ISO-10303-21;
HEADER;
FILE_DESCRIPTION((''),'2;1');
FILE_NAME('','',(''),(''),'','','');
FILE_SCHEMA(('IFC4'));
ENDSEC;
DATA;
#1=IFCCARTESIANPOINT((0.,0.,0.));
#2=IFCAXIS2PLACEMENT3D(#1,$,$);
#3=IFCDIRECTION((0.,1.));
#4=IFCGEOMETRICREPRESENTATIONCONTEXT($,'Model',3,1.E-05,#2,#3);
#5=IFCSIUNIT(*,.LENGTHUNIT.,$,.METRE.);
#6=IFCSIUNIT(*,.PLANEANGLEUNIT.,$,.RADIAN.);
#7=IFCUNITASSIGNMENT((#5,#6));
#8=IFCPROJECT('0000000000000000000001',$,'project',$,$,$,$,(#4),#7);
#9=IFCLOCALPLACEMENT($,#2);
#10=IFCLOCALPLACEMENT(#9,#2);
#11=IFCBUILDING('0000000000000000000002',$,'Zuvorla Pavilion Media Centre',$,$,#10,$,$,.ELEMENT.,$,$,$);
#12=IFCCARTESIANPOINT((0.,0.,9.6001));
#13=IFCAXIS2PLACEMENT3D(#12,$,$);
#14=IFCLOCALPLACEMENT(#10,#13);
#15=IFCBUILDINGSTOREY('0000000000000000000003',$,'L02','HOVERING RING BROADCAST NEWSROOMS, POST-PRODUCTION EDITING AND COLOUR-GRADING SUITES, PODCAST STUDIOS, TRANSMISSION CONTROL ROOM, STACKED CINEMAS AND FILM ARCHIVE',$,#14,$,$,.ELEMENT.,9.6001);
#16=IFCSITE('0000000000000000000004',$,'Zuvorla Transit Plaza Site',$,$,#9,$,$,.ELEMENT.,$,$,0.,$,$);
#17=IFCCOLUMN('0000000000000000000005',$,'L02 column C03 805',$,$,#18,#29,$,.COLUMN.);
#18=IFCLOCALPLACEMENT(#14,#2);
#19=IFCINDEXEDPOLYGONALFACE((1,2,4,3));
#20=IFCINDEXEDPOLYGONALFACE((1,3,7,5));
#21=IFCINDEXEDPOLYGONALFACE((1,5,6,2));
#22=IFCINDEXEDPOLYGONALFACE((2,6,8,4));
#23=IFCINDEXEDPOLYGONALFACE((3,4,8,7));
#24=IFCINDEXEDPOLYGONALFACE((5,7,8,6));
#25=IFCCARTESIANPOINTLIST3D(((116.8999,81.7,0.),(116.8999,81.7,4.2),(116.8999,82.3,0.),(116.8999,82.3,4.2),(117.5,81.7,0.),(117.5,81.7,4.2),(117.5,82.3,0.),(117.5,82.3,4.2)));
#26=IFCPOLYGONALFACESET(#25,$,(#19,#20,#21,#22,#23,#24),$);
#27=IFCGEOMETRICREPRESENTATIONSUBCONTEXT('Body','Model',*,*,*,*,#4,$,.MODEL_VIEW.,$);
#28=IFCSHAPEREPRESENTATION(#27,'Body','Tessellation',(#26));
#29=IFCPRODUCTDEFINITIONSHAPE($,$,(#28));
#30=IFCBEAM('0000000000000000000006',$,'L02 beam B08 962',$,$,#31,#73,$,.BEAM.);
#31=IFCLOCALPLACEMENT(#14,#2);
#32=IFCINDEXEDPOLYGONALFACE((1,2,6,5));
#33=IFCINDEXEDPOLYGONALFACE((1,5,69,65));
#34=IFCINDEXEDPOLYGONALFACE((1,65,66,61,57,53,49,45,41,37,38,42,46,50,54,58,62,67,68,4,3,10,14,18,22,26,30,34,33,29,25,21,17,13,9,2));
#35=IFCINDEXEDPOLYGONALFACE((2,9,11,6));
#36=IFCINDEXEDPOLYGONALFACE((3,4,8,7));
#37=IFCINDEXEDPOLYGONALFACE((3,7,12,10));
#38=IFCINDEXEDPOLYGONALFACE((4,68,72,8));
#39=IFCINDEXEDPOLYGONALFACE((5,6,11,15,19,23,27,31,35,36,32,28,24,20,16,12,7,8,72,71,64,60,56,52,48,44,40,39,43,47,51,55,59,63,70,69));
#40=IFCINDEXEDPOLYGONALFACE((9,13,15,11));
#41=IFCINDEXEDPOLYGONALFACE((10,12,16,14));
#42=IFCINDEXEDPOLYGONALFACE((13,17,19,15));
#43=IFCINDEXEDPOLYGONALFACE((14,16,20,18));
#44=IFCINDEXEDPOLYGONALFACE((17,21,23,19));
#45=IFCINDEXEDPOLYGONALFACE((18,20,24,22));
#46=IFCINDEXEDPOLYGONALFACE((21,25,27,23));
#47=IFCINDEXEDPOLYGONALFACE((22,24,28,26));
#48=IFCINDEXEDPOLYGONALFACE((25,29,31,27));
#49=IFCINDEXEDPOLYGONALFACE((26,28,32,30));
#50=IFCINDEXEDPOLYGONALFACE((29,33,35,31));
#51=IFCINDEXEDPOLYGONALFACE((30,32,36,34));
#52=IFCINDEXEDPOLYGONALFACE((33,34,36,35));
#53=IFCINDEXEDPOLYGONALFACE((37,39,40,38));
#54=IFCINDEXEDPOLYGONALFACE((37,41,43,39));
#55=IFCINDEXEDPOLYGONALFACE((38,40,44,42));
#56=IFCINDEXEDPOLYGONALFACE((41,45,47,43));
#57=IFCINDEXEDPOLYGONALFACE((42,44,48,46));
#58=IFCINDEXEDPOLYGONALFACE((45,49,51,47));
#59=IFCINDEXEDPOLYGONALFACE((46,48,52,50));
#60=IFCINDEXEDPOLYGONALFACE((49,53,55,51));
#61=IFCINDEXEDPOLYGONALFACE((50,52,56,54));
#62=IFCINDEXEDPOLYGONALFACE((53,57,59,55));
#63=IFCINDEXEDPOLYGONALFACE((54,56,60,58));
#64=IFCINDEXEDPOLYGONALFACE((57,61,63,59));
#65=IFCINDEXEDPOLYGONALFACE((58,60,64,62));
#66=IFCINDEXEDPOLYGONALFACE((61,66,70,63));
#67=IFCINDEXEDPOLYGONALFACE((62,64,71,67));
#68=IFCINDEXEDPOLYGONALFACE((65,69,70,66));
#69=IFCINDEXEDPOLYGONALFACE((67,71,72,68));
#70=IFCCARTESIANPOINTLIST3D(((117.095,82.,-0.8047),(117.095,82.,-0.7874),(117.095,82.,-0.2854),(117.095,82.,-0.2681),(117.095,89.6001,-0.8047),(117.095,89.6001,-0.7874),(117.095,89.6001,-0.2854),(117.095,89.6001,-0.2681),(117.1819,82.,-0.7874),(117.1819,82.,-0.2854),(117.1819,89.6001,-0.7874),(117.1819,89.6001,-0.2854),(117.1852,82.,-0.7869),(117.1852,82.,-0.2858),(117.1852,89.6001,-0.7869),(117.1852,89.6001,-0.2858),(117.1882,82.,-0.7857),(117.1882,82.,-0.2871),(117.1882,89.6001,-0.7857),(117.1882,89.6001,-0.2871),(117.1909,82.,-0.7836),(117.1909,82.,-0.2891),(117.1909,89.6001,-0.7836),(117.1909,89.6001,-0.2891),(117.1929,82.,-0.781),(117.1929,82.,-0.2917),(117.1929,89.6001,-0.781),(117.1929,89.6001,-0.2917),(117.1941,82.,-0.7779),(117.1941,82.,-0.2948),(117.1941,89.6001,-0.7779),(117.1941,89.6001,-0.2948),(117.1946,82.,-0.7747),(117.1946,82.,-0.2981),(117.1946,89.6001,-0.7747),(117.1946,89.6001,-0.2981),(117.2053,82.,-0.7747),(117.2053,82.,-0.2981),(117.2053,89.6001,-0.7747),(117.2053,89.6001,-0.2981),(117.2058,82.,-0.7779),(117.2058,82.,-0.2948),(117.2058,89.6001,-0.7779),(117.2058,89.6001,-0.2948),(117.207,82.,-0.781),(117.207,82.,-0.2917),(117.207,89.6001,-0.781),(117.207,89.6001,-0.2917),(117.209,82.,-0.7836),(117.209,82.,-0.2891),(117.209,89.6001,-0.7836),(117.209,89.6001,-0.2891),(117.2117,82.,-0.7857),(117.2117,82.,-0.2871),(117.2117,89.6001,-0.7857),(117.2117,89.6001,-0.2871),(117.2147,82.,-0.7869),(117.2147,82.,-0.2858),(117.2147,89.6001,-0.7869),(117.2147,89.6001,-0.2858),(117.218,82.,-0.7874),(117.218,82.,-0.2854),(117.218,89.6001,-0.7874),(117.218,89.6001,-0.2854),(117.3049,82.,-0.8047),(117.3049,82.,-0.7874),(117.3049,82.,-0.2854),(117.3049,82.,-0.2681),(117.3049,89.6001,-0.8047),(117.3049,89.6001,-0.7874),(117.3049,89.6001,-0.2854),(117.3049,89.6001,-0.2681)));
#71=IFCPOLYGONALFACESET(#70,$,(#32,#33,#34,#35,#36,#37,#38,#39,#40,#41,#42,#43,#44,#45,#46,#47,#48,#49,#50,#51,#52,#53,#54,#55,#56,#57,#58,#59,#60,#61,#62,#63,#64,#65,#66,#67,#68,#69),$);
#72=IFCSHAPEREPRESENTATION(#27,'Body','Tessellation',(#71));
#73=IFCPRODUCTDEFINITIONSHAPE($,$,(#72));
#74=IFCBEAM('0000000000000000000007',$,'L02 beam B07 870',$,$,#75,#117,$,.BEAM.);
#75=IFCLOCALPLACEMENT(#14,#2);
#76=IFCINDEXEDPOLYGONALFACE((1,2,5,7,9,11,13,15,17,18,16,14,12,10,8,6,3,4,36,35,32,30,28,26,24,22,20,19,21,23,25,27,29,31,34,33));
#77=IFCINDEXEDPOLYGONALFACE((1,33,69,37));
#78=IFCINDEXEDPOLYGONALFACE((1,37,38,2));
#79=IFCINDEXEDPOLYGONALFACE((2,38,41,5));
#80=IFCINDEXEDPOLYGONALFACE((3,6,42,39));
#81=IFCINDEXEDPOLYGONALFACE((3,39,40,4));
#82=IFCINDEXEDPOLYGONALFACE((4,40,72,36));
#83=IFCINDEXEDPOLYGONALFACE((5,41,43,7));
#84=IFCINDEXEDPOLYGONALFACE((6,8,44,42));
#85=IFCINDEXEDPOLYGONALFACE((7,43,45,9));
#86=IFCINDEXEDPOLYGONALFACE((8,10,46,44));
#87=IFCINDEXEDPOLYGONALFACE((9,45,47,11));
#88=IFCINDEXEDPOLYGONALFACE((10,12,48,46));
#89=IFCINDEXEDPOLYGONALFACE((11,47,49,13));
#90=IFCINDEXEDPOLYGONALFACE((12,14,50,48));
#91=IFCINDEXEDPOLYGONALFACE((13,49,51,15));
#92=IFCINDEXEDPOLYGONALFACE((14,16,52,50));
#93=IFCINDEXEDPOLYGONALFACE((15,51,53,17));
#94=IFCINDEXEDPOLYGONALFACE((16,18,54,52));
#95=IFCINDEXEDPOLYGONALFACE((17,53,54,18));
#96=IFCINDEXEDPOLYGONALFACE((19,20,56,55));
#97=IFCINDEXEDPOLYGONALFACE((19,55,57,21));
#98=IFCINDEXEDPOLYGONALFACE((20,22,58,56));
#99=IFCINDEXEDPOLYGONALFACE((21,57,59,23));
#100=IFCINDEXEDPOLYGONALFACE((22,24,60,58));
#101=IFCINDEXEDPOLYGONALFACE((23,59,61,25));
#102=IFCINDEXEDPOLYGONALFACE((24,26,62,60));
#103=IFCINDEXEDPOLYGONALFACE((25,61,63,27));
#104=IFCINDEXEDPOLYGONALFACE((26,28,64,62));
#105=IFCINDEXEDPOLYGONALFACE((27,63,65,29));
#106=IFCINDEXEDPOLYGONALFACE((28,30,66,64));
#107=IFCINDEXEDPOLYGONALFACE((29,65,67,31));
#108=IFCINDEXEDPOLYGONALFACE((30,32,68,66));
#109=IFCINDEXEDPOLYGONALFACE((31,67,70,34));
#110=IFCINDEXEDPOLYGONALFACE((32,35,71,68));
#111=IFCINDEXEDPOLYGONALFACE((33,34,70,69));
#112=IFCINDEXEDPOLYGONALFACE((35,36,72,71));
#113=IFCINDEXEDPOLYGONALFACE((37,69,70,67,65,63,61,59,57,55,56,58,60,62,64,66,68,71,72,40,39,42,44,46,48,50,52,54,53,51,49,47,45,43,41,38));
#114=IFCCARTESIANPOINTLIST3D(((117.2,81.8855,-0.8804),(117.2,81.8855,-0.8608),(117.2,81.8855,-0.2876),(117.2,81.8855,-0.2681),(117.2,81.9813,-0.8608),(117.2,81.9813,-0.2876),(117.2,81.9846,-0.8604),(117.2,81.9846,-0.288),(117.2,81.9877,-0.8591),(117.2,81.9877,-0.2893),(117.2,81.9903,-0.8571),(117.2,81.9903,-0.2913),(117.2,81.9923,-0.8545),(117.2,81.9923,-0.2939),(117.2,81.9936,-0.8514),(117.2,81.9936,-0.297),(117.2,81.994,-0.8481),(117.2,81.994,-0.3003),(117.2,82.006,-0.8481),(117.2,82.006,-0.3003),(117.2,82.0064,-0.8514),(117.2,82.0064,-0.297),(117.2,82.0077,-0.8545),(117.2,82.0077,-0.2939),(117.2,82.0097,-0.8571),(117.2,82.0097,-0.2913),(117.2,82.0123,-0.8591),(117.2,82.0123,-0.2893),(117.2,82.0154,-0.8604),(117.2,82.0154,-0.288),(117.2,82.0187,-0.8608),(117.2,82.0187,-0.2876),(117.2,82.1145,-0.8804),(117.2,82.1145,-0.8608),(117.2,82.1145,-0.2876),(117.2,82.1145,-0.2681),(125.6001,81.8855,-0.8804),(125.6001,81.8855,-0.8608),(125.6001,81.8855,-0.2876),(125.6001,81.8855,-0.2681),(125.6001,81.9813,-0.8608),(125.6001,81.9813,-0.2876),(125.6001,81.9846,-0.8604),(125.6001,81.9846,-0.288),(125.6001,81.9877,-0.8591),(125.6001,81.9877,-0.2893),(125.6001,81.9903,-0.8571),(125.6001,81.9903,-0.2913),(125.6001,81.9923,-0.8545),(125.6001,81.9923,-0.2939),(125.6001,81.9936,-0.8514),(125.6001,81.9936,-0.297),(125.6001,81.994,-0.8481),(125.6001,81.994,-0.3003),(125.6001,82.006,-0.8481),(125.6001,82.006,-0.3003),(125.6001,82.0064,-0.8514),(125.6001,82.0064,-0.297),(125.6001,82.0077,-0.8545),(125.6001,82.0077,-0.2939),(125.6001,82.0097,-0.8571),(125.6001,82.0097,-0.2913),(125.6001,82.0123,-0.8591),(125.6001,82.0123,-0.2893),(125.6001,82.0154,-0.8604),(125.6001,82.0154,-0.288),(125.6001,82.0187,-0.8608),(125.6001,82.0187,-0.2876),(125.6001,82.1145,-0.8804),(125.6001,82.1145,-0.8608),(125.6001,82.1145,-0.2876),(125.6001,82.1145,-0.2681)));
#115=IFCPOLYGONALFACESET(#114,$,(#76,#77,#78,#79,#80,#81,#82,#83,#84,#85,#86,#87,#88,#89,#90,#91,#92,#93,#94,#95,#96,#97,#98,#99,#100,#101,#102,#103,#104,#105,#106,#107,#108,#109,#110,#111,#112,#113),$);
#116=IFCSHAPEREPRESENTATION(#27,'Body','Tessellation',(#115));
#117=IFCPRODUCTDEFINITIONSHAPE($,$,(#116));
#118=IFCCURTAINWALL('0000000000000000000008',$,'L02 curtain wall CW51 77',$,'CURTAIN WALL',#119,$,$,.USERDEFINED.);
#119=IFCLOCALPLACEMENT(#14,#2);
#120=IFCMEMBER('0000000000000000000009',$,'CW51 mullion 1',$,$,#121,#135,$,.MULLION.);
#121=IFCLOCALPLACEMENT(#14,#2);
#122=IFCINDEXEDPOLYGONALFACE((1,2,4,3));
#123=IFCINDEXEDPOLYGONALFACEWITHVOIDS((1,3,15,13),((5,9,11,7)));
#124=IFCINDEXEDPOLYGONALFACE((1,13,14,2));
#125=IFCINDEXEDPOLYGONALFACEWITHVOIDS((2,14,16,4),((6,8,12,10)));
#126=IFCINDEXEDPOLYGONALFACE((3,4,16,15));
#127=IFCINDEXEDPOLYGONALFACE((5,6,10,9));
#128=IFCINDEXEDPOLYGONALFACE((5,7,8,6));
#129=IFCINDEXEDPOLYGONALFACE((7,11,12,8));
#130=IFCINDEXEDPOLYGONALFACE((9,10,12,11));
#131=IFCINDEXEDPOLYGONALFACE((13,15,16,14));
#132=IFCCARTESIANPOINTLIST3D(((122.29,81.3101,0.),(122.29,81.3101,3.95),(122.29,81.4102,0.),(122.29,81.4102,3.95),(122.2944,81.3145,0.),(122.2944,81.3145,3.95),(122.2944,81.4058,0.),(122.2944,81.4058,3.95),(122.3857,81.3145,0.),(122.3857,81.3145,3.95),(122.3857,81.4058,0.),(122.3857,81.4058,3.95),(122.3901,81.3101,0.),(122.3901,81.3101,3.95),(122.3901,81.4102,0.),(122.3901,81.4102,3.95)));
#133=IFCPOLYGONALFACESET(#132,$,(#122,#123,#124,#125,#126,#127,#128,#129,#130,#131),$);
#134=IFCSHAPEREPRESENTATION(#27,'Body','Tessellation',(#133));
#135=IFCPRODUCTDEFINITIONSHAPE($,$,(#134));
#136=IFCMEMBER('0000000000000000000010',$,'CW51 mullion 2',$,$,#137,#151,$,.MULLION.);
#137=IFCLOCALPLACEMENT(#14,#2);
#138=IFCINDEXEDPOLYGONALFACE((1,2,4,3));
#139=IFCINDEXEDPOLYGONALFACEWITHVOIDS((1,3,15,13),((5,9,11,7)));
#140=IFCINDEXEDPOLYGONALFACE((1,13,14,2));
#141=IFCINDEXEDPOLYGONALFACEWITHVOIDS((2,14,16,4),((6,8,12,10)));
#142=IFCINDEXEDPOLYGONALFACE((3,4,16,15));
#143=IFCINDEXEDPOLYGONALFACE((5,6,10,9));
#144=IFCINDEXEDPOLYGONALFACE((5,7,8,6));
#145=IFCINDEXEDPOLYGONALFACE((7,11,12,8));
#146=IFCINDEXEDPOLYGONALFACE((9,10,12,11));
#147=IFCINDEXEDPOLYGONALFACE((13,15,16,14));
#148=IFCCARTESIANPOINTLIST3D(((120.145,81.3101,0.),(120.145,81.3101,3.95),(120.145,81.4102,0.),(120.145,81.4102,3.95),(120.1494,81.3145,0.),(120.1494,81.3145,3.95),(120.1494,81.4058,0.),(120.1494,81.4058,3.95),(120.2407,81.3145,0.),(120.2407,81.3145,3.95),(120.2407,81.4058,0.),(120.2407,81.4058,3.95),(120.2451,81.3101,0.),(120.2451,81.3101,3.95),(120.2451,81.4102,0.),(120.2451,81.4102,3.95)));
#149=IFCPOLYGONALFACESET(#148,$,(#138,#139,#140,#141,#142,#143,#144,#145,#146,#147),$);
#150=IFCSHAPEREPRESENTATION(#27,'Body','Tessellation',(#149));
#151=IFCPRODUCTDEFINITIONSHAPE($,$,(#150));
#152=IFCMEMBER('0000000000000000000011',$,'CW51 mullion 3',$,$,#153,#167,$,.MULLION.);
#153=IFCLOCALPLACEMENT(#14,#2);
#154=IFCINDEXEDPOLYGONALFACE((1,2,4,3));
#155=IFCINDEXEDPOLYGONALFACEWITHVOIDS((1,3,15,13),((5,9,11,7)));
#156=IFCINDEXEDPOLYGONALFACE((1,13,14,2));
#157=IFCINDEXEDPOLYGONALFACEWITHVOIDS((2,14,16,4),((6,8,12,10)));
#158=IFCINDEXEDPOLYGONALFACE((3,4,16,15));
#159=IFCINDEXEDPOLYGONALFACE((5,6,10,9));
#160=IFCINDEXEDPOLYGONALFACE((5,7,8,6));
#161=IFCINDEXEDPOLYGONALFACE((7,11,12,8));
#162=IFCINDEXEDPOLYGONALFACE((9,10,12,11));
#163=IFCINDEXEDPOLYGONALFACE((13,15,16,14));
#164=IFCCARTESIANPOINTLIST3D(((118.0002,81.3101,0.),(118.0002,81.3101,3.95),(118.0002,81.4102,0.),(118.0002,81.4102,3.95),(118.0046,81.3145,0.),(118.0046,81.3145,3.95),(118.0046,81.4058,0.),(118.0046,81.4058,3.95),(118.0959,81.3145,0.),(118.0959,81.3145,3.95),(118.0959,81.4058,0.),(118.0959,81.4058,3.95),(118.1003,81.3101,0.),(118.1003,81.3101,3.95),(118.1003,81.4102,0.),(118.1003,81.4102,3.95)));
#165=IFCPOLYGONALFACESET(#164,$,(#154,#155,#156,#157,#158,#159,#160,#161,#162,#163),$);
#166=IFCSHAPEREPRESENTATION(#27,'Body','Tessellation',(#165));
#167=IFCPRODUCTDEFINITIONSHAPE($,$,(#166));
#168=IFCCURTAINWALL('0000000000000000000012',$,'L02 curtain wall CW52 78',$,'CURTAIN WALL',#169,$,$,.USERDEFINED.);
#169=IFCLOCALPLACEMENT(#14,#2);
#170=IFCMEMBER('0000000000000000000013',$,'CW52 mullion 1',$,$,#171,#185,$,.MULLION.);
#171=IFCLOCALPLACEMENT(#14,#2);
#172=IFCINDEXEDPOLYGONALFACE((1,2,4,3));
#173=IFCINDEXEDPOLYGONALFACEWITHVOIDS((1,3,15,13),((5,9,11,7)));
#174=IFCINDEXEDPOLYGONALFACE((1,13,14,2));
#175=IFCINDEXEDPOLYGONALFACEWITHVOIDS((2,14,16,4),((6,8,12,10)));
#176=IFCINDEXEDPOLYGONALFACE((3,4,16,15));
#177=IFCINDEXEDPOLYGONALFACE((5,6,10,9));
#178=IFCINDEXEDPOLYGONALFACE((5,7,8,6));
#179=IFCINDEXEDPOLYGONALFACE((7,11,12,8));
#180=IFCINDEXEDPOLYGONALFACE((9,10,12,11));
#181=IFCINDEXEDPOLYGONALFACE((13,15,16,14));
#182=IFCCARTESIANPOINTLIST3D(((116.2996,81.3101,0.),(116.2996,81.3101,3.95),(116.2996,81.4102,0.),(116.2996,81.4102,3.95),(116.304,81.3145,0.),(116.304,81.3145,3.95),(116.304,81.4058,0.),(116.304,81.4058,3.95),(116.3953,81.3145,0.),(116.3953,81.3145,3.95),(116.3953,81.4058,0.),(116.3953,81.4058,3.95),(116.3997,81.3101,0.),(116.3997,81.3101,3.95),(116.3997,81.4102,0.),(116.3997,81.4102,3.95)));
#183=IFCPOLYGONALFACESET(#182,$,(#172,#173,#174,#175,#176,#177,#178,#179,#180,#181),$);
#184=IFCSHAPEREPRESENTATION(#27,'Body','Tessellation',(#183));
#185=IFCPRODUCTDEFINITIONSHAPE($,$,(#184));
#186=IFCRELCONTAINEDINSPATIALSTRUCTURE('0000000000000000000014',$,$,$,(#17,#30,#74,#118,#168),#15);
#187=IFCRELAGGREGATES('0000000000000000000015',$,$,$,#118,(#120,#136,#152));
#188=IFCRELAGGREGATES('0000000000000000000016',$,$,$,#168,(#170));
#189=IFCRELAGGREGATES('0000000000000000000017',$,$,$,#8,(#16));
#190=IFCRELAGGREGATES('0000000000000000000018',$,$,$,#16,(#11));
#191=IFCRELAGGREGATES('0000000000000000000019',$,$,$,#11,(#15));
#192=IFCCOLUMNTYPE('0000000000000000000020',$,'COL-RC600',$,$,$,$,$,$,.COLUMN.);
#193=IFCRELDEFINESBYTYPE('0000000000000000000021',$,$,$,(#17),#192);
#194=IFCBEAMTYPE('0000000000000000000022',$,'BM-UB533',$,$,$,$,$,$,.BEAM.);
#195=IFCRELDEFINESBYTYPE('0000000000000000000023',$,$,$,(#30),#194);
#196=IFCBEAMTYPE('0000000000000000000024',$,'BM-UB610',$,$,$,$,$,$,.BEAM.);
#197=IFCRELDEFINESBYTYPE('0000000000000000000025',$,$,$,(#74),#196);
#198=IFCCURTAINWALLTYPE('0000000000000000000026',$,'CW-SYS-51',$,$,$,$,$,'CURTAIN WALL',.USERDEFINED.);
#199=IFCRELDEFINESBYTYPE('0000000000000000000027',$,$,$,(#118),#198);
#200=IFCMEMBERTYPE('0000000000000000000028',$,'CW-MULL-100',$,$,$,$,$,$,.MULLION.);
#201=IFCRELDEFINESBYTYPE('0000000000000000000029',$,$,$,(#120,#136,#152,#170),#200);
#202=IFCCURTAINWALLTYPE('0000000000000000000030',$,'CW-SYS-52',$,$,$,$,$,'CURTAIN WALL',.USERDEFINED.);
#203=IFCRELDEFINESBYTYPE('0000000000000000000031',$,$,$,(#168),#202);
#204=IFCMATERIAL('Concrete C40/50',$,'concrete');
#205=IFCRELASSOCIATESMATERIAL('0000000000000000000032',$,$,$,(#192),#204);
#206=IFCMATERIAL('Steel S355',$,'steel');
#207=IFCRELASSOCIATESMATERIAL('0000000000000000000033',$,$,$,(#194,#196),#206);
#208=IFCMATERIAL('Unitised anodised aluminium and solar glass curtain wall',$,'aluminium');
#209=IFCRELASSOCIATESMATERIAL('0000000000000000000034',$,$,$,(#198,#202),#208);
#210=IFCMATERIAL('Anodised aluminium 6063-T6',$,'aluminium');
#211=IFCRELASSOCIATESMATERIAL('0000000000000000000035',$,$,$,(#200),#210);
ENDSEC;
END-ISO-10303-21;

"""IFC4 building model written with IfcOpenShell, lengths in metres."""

from ifc_helpers import new_model, si_unit, direction, frame, origin, origin_2d, place, context, subcontext, project, spatial, rectangle, hollow_rectangle, i_section, extrude, material, material_profile, profile_set, type_object, element, aggregate, save


model = new_model("IFC4")

# Units and contexts
model_context = context("Model", 3, precision=1e-05, world=origin(), true_north=direction((0.0, 1.0)))
body_context = subcontext(model_context, "Body", "Model", "MODEL_VIEW")
ifc_project = project(units=[si_unit("LENGTHUNIT", "METRE"), si_unit("PLANEANGLEUNIT", "RADIAN")], contexts=[model_context])

# Site, building, storey
site_placement = place(None, origin())
site = spatial("IfcSite", under=ifc_project, at=site_placement, Name="Zuvorla Transit Plaza Site", CompositionType="ELEMENT", RefElevation=0.0)
building_placement = place(site_placement, origin())
building = spatial("IfcBuilding", under=site, at=building_placement, Name="Zuvorla Pavilion Media Centre", CompositionType="ELEMENT")
storey_placement = place(building_placement, frame((0.0, 0.0, 9.6001)))
storey = spatial("IfcBuildingStorey", under=building, at=storey_placement, Name="L02", Description="HOVERING RING BROADCAST NEWSROOMS, POST-PRODUCTION EDITING AND COLOUR-GRADING SUITES, PODCAST STUDIOS, TRANSMISSION CONTROL ROOM, STACKED CINEMAS AND FILM ARCHIVE", CompositionType="ELEMENT", Elevation=9.6001)

# Column
ifc_material_1 = material(Name="Concrete C40/50", Category="concrete")
ifc_material_profile_1 = material_profile(ifc_material_1, rectangle(XDim=0.6001, YDim=0.6001, at=origin_2d()), Name="RC 600x600")
ifc_profile_set_1 = profile_set([ifc_material_profile_1], Name="Concrete C40/50")
column_type = type_object("IfcColumnType", Name="COL-RC600", PredefinedType="COLUMN", material=ifc_profile_set_1)
column_placement = place(storey_placement, frame((117.2, 82.0, 0.0), z_axis=(0.0, 0.0, 1.0), x_axis=(1.0, 0.0, 0.0)))
element("IfcColumn", 1, at=column_placement, inside=storey, type_object=column_type, Name="L02 column C03 805", PredefinedType="COLUMN", context=body_context, shape_type="SweptSolid", body=[
    extrude(rectangle(XDim=0.6001, YDim=0.6001, at=origin_2d()), origin(), (0.0, 0.0, 1.0), 4.2),
])

# Beams
ifc_material_2 = material(Name="Steel S355", Category="steel")
ifc_material_profile_2 = material_profile(ifc_material_2, i_section(OverallWidth=0.21, OverallDepth=0.5366, WebThickness=0.0107, FlangeThickness=0.0173, FilletRadius=0.0127, at=origin_2d()), Name="UB 533x210x101")
ifc_profile_set_2 = profile_set([ifc_material_profile_2], Name="Steel S355")
beam_type_1 = type_object("IfcBeamType", Name="BM-UB533", PredefinedType="BEAM", material=ifc_profile_set_2)
beam_1_placement = place(storey_placement, frame((117.2, 82.0, -0.5364), z_axis=(0.0, 1.0, 0.0), x_axis=(-1.0, 0.0, 0.0)))
element("IfcBeam", 2, at=beam_1_placement, inside=storey, type_object=beam_type_1, Name="L02 beam B08 962", PredefinedType="BEAM", context=body_context, shape_type="SweptSolid", body=[
    extrude(i_section(OverallWidth=0.21, OverallDepth=0.5366, WebThickness=0.0107, FlangeThickness=0.0173, FilletRadius=0.0127, at=origin_2d()), origin(), (0.0, 0.0, 1.0), 7.6001),
])
ifc_material_profile_3 = material_profile(ifc_material_2, i_section(OverallWidth=0.229, OverallDepth=0.6123, WebThickness=0.012, FlangeThickness=0.0195, FilletRadius=0.0127, at=origin_2d()), Name="UB 610x229x125")
ifc_profile_set_3 = profile_set([ifc_material_profile_3], Name="Steel S355")
beam_type_2 = type_object("IfcBeamType", Name="BM-UB610", PredefinedType="BEAM", material=ifc_profile_set_3)
beam_2_placement = place(storey_placement, frame((117.2, 82.0, -0.5742), z_axis=(1.0, 0.0, 0.0), x_axis=(0.0, 1.0, 0.0)))
element("IfcBeam", 3, at=beam_2_placement, inside=storey, type_object=beam_type_2, Name="L02 beam B07 870", PredefinedType="BEAM", context=body_context, shape_type="SweptSolid", body=[
    extrude(i_section(OverallWidth=0.229, OverallDepth=0.6123, WebThickness=0.012, FlangeThickness=0.0195, FilletRadius=0.0127, at=origin_2d()), origin(), (0.0, 0.0, 1.0), 8.4001),
])

# Curtain walls, members
ifc_material_3 = material(Name="Unitised anodised aluminium and solar glass curtain wall", Category="aluminium")
curtain_wall_type_1 = type_object("IfcCurtainWallType", Name="CW-SYS-51", ElementType="CURTAIN WALL", PredefinedType="USERDEFINED", material=ifc_material_3)
curtain_wall_1_placement = place(storey_placement, origin())
curtain_wall_1 = element("IfcCurtainWall", 4, at=curtain_wall_1_placement, inside=storey, type_object=curtain_wall_type_1, Name="L02 curtain wall CW51 77", ObjectType="CURTAIN WALL", PredefinedType="USERDEFINED")
ifc_material_4 = material(Name="Anodised aluminium 6063-T6", Category="aluminium")
ifc_material_profile_4 = material_profile(ifc_material_4, hollow_rectangle(XDim=0.1001, YDim=0.1001, WallThickness=0.0044, at=origin_2d()), Name="ALU MULL 100x100")
ifc_profile_set_4 = profile_set([ifc_material_profile_4], Name="Anodised aluminium 6063-T6")
member_type_1 = type_object("IfcMemberType", Name="CW-MULL-100", PredefinedType="MULLION", material=ifc_profile_set_4)
member_1_placement = place(storey_placement, frame((122.3401, 81.3601, 0.0), z_axis=(0.0, 0.0, 1.0), x_axis=(1.0, 0.0, 0.0)))
member_1 = element("IfcMember", 5, at=member_1_placement, type_object=member_type_1, Name="CW51 mullion 1", PredefinedType="MULLION", context=body_context, shape_type="SweptSolid", body=[
    extrude(hollow_rectangle(XDim=0.1001, YDim=0.1001, WallThickness=0.0044, at=origin_2d()), origin(), (0.0, 0.0, 1.0), 3.95),
])
member_2_placement = place(storey_placement, frame((120.1951, 81.3601, 0.0), z_axis=(0.0, 0.0, 1.0), x_axis=(1.0, 0.0, 0.0)))
member_2 = element("IfcMember", 6, at=member_2_placement, type_object=member_type_1, Name="CW51 mullion 2", PredefinedType="MULLION", context=body_context, shape_type="SweptSolid", body=[
    extrude(hollow_rectangle(XDim=0.1001, YDim=0.1001, WallThickness=0.0044, at=origin_2d()), origin(), (0.0, 0.0, 1.0), 3.95),
])
member_3_placement = place(storey_placement, frame((118.0503, 81.3601, 0.0), z_axis=(0.0, 0.0, 1.0), x_axis=(1.0, 0.0, 0.0)))
member_3 = element("IfcMember", 7, at=member_3_placement, type_object=member_type_1, Name="CW51 mullion 3", PredefinedType="MULLION", context=body_context, shape_type="SweptSolid", body=[
    extrude(hollow_rectangle(XDim=0.1001, YDim=0.1001, WallThickness=0.0044, at=origin_2d()), origin(), (0.0, 0.0, 1.0), 3.95),
])
curtain_wall_type_2 = type_object("IfcCurtainWallType", Name="CW-SYS-52", ElementType="CURTAIN WALL", PredefinedType="USERDEFINED", material=ifc_material_3)
curtain_wall_2_placement = place(storey_placement, origin())
curtain_wall_2 = element("IfcCurtainWall", 8, at=curtain_wall_2_placement, inside=storey, type_object=curtain_wall_type_2, Name="L02 curtain wall CW52 78", ObjectType="CURTAIN WALL", PredefinedType="USERDEFINED")
member_4_placement = place(storey_placement, frame((116.3496, 81.3601, 0.0), z_axis=(0.0, 0.0, 1.0), x_axis=(1.0, 0.0, 0.0)))
member_4 = element("IfcMember", 9, at=member_4_placement, type_object=member_type_1, Name="CW52 mullion 1", PredefinedType="MULLION", context=body_context, shape_type="SweptSolid", body=[
    extrude(hollow_rectangle(XDim=0.1001, YDim=0.1001, WallThickness=0.0044, at=origin_2d()), origin(), (0.0, 0.0, 1.0), 3.95),
])

aggregate(curtain_wall_1, [member_1, member_2, member_3])
aggregate(curtain_wall_2, [member_4])

save(model, "model.ifc")
